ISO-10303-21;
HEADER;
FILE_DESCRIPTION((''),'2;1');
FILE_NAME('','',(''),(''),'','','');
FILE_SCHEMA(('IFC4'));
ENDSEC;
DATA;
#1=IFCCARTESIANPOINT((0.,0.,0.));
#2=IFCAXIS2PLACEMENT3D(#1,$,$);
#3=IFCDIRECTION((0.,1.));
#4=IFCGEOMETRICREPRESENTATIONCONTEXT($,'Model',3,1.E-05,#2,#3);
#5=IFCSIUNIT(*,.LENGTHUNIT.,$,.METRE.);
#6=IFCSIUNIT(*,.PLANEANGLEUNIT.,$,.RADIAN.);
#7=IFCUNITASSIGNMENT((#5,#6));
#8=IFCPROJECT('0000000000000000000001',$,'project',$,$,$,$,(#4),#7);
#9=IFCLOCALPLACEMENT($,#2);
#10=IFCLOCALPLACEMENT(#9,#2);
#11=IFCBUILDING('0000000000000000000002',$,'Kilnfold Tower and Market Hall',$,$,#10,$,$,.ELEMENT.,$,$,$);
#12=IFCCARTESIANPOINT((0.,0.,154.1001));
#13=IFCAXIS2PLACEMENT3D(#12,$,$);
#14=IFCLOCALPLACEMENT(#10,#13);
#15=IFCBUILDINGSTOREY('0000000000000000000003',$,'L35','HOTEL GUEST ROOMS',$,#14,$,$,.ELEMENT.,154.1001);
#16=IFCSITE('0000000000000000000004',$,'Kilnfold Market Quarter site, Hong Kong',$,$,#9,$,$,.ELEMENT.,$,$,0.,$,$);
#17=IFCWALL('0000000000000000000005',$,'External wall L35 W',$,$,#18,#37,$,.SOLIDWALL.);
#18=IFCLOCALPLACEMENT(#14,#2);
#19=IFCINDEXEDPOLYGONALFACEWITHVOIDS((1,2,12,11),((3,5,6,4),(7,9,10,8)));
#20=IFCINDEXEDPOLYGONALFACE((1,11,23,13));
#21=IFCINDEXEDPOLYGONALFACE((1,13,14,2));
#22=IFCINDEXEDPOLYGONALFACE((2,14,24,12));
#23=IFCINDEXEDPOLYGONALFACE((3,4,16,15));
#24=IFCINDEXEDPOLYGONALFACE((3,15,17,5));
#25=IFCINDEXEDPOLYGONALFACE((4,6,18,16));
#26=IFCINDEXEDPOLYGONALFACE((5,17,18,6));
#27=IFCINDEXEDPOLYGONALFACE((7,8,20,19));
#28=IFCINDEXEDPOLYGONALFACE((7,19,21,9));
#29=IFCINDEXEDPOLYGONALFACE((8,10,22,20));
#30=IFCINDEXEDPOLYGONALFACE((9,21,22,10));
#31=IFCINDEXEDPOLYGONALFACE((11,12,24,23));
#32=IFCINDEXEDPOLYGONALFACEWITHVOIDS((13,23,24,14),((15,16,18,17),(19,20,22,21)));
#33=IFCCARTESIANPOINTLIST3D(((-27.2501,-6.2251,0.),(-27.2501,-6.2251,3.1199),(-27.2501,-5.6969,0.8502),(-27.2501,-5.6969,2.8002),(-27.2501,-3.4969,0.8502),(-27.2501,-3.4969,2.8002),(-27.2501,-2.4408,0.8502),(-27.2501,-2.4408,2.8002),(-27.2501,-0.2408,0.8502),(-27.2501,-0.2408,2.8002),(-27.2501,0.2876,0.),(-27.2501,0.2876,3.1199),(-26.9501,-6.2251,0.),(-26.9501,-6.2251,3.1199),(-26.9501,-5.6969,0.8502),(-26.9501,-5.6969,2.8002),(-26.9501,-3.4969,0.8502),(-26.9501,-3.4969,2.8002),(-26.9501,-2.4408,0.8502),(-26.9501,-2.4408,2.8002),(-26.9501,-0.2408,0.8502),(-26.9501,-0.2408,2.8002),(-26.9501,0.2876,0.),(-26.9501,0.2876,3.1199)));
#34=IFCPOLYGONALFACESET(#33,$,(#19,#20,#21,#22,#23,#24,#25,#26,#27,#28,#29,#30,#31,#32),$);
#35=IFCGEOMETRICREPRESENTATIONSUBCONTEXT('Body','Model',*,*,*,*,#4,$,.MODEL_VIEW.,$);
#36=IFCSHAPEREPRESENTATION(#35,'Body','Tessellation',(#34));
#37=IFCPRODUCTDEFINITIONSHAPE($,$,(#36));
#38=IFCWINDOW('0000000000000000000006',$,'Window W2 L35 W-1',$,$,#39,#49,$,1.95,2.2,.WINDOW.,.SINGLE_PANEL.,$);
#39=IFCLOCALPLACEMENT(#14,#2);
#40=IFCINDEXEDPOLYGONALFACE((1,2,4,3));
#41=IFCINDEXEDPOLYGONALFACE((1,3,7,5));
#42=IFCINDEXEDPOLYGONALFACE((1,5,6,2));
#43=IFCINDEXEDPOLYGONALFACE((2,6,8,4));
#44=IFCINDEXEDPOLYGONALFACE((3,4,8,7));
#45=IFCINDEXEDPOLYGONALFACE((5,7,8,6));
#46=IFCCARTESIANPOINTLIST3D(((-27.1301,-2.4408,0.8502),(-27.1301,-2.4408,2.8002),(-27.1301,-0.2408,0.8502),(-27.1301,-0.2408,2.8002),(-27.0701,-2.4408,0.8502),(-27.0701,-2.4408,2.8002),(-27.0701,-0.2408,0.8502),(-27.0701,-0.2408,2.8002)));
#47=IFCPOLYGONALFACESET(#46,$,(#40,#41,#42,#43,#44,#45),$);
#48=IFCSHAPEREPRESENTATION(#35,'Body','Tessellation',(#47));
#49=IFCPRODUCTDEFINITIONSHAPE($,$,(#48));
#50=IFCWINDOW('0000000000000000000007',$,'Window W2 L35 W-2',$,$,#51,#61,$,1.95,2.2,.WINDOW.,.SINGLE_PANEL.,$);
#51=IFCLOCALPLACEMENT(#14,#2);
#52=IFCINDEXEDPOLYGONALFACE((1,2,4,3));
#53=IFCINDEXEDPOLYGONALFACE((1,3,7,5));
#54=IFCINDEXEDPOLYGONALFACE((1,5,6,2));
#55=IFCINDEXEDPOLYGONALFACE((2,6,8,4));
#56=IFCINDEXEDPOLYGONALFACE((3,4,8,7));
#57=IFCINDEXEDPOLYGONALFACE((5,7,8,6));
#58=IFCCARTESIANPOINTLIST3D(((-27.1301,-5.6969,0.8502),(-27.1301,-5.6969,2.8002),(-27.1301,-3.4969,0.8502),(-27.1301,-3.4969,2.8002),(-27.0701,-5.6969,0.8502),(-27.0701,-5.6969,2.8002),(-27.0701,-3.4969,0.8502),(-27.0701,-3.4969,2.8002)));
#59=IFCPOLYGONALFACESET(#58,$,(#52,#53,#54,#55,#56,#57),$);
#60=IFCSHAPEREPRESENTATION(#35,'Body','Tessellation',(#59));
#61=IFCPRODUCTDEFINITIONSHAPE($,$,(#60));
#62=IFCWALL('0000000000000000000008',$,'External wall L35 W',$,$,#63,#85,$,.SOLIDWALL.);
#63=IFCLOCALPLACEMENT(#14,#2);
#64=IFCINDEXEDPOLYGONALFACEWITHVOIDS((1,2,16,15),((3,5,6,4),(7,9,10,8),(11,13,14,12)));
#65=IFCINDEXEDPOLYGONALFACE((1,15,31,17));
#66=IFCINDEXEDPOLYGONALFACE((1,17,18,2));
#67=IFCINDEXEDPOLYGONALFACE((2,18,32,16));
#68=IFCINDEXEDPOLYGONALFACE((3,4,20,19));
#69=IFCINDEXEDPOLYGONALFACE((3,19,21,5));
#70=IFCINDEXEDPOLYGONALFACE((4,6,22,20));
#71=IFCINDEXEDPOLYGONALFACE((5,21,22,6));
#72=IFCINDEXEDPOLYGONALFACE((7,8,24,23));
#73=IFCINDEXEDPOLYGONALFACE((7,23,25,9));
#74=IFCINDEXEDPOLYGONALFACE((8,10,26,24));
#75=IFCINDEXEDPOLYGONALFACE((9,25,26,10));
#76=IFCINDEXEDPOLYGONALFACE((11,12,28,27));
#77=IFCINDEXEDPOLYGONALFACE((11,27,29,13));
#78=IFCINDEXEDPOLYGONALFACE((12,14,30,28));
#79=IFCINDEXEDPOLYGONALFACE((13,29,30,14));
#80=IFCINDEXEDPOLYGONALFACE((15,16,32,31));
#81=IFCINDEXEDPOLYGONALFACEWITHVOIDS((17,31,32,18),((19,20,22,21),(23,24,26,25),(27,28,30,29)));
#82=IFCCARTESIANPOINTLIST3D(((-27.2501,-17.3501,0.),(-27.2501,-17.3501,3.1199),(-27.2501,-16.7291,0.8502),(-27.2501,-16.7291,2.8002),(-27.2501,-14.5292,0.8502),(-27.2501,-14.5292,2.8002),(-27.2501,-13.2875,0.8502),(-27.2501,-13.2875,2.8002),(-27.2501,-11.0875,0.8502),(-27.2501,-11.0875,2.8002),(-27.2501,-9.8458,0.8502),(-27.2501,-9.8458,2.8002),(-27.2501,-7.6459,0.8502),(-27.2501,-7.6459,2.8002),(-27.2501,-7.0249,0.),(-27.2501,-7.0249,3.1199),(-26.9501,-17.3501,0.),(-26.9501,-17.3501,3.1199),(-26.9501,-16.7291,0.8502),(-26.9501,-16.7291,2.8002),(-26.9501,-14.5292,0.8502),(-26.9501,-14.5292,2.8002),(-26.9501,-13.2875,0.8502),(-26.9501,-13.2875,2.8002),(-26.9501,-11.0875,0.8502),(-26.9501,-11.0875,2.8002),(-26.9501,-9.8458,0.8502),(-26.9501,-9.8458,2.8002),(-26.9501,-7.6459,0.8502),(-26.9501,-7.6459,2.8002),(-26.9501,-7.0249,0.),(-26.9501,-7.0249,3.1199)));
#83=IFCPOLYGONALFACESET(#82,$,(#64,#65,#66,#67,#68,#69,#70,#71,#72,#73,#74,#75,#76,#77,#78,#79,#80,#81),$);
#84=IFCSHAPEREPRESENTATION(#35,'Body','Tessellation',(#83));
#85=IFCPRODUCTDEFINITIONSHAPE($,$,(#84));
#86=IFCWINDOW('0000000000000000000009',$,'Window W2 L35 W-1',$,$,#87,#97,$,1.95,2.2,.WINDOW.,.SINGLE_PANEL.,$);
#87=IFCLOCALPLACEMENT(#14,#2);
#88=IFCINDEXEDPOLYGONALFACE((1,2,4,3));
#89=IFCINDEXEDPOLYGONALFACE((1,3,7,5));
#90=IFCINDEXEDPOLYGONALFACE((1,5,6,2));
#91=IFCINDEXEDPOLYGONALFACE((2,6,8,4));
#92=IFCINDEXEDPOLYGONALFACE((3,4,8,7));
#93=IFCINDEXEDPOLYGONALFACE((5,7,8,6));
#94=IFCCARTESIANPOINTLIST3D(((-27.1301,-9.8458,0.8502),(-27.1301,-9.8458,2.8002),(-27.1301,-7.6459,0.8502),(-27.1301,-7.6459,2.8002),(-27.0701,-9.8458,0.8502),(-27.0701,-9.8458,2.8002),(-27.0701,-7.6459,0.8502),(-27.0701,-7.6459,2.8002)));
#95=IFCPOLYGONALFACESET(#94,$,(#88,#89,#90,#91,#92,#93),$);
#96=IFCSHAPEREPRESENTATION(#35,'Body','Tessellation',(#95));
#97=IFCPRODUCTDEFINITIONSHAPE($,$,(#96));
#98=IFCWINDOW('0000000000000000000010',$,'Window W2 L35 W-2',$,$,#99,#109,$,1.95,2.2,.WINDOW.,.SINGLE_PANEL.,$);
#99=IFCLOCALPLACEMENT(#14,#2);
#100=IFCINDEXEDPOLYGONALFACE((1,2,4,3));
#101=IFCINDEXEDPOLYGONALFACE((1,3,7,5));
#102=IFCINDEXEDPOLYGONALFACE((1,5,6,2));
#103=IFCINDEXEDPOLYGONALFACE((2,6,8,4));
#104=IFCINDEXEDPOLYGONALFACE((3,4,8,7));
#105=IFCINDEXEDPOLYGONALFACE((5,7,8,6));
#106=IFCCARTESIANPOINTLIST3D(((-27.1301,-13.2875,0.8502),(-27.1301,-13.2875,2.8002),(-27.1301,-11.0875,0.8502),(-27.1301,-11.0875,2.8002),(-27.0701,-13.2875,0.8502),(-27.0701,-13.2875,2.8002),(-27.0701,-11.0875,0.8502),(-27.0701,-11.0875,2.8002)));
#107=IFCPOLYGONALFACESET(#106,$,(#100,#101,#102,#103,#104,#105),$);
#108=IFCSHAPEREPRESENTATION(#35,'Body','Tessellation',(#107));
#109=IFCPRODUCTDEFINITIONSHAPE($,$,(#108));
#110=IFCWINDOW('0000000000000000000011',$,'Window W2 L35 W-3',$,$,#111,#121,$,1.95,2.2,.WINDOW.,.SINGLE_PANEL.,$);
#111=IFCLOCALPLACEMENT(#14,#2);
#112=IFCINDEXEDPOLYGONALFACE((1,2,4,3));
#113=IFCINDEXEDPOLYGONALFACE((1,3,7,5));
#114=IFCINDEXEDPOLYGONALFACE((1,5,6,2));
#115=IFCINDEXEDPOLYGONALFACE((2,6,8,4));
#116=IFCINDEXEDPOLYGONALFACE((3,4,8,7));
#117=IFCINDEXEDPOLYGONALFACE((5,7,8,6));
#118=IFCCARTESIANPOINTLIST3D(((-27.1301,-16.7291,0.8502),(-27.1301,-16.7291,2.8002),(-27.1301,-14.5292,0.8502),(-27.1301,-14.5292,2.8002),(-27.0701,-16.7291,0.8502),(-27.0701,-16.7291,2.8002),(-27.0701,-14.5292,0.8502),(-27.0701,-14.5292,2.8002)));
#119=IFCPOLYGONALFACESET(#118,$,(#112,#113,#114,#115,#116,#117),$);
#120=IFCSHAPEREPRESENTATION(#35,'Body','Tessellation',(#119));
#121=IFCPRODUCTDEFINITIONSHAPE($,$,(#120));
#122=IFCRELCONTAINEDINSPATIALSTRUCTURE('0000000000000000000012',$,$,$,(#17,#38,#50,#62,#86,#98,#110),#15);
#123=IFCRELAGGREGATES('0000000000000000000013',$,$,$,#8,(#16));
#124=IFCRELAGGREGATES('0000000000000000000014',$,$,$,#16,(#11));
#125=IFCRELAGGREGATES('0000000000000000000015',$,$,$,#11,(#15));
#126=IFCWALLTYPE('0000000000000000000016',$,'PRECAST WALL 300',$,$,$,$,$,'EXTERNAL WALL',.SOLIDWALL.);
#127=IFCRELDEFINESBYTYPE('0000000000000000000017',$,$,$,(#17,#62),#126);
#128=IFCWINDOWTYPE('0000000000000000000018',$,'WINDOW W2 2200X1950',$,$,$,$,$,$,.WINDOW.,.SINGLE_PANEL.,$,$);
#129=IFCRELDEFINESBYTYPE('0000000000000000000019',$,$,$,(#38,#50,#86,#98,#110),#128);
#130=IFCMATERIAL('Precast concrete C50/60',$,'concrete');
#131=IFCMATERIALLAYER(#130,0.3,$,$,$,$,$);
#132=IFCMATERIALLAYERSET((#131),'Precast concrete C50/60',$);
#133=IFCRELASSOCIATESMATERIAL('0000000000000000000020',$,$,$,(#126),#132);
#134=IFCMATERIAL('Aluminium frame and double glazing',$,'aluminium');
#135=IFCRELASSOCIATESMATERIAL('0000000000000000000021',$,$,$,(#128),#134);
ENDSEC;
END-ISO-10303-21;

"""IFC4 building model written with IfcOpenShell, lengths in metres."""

from ifc_helpers import new_model, si_unit, direction, frame, frame_2d, origin, place, context, subcontext, project, spatial, rectangle, extrude, source, transform, mapped, material, layer, layer_set, type_object, element, fill, save


model = new_model("IFC4")

# Units and contexts
model_context = context("Model", 3, precision=1e-05, world=origin(), true_north=direction((0.0, 1.0)))
body_context = subcontext(model_context, "Body", "Model", "MODEL_VIEW")
ifc_project = project(units=[si_unit("LENGTHUNIT", "METRE"), si_unit("PLANEANGLEUNIT", "RADIAN")], contexts=[model_context])

# Site, building, storey
site_placement = place(None, origin())
site = spatial("IfcSite", under=ifc_project, at=site_placement, Name="Kilnfold Market Quarter site, Hong Kong", CompositionType="ELEMENT", RefElevation=0.0)
building_placement = place(site_placement, origin())
building = spatial("IfcBuilding", under=site, at=building_placement, Name="Kilnfold Tower and Market Hall", CompositionType="ELEMENT")
storey_placement = place(building_placement, frame((0.0, 0.0, 154.1001)))
storey = spatial("IfcBuildingStorey", under=building, at=storey_placement, Name="L35", Description="HOTEL GUEST ROOMS", CompositionType="ELEMENT", Elevation=154.1001)

# Walls, openings, windows
ifc_material_1 = material(Name="Precast concrete C50/60", Category="concrete")
ifc_layer_1 = layer(ifc_material_1, 0.3)
ifc_layer_set_1 = layer_set([ifc_layer_1], Name="Precast concrete C50/60")
wall_type_1 = type_object("IfcWallType", Name="PRECAST WALL 300", ElementType="EXTERNAL WALL", PredefinedType="SOLIDWALL", material=ifc_layer_set_1)
shared_shape_1 = source(origin(), body_context, "Body", "SweptSolid", [
    extrude(rectangle(XDim=6.5127, YDim=0.3, at=frame_2d((3.2563, 0.0))), origin(), (0.0, 0.0, 1.0), 3.1199),
])
wall_1_placement = place(storey_placement, frame((-27.1001, 0.2876, 0.0), z_axis=(0.0, 0.0, 1.0), x_axis=(0.0, -1.0, 0.0)))
wall_1 = element("IfcWall", 1, at=wall_1_placement, inside=storey, type_object=wall_type_1, Name="External wall L35 W", PredefinedType="SOLIDWALL", context=body_context, shape_type="MappedRepresentation", body=[
    mapped(shared_shape_1, transform((0.0, 0.0, 0.0))),
])
opening_1_placement = place(wall_1_placement, frame((0.5283, 0.0, 0.8501)))
opening_1 = element("IfcOpeningElement", 2, at=opening_1_placement, cuts=wall_1, PredefinedType="OPENING", context=body_context, shape_type="SweptSolid", body=[
    extrude(rectangle(XDim=2.2, YDim=1.95, at=frame_2d((1.1001, 0.9751))), frame((0.0, 0.1602, 0.0), z_axis=(0.0, -1.0, 0.0), x_axis=(1.0, 0.0, 0.0)), (0.0, 0.0, 1.0), 0.3201),
])
opening_2_placement = place(wall_1_placement, frame((3.7844, 0.0, 0.8501)))
opening_2 = element("IfcOpeningElement", 3, at=opening_2_placement, cuts=wall_1, PredefinedType="OPENING", context=body_context, shape_type="SweptSolid", body=[
    extrude(rectangle(XDim=2.2, YDim=1.95, at=frame_2d((1.1001, 0.9751))), frame((0.0, 0.1602, 0.0), z_axis=(0.0, -1.0, 0.0), x_axis=(1.0, 0.0, 0.0)), (0.0, 0.0, 1.0), 0.3201),
])
ifc_material_2 = material(Name="Aluminium frame and double glazing", Category="aluminium")
window_type = type_object("IfcWindowType", Name="WINDOW W2 2200X1950", PartitioningType="SINGLE_PANEL", PredefinedType="WINDOW", material=ifc_material_2)
window_1_placement = place(opening_1_placement, origin())
window_1 = element("IfcWindow", 4, at=window_1_placement, inside=storey, type_object=window_type, Name="Window W2 L35 W-1", OverallHeight=1.95, OverallWidth=2.2, PartitioningType="SINGLE_PANEL", PredefinedType="WINDOW", context=body_context, shape_type="SweptSolid", body=[
    extrude(rectangle(XDim=2.2, YDim=1.95, at=frame_2d((1.1001, 0.9751))), frame((0.0, 0.03, 0.0), z_axis=(0.0, -1.0, 0.0), x_axis=(1.0, 0.0, 0.0)), (0.0, 0.0, 1.0), 0.0601),
])
fill(opening_1, window_1)
window_2_placement = place(opening_2_placement, origin())
window_2 = element("IfcWindow", 5, at=window_2_placement, inside=storey, type_object=window_type, Name="Window W2 L35 W-2", OverallHeight=1.95, OverallWidth=2.2, PartitioningType="SINGLE_PANEL", PredefinedType="WINDOW", context=body_context, shape_type="SweptSolid", body=[
    extrude(rectangle(XDim=2.2, YDim=1.95, at=frame_2d((1.1001, 0.9751))), frame((0.0, 0.03, 0.0), z_axis=(0.0, -1.0, 0.0), x_axis=(1.0, 0.0, 0.0)), (0.0, 0.0, 1.0), 0.0601),
])
fill(opening_2, window_2)
shared_shape_2 = source(origin(), body_context, "Body", "SweptSolid", [
    extrude(rectangle(XDim=10.3252, YDim=0.3, at=frame_2d((5.1626, 0.0))), origin(), (0.0, 0.0, 1.0), 3.1199),
])
wall_2_placement = place(storey_placement, frame((-27.1001, -7.0249, 0.0), z_axis=(0.0, 0.0, 1.0), x_axis=(0.0, -1.0, 0.0)))
wall_2 = element("IfcWall", 6, at=wall_2_placement, inside=storey, type_object=wall_type_1, Name="External wall L35 W", PredefinedType="SOLIDWALL", context=body_context, shape_type="MappedRepresentation", body=[
    mapped(shared_shape_2, transform((0.0, 0.0, 0.0))),
])
opening_3_placement = place(wall_2_placement, frame((0.6208, 0.0, 0.8501)))
opening_3 = element("IfcOpeningElement", 7, at=opening_3_placement, cuts=wall_2, PredefinedType="OPENING", context=body_context, shape_type="SweptSolid", body=[
    extrude(rectangle(XDim=2.2, YDim=1.95, at=frame_2d((1.1001, 0.9751))), frame((0.0, 0.1602, 0.0), z_axis=(0.0, -1.0, 0.0), x_axis=(1.0, 0.0, 0.0)), (0.0, 0.0, 1.0), 0.3201),
])
opening_4_placement = place(wall_2_placement, frame((4.0625, 0.0, 0.8501)))
opening_4 = element("IfcOpeningElement", 8, at=opening_4_placement, cuts=wall_2, PredefinedType="OPENING", context=body_context, shape_type="SweptSolid", body=[
    extrude(rectangle(XDim=2.2, YDim=1.95, at=frame_2d((1.1001, 0.9751))), frame((0.0, 0.1602, 0.0), z_axis=(0.0, -1.0, 0.0), x_axis=(1.0, 0.0, 0.0)), (0.0, 0.0, 1.0), 0.3201),
])
opening_5_placement = place(wall_2_placement, frame((7.5042, 0.0, 0.8501)))
opening_5 = element("IfcOpeningElement", 9, at=opening_5_placement, cuts=wall_2, PredefinedType="OPENING", context=body_context, shape_type="SweptSolid", body=[
    extrude(rectangle(XDim=2.2, YDim=1.95, at=frame_2d((1.1001, 0.9751))), frame((0.0, 0.1602, 0.0), z_axis=(0.0, -1.0, 0.0), x_axis=(1.0, 0.0, 0.0)), (0.0, 0.0, 1.0), 0.3201),
])
window_3_placement = place(opening_3_placement, origin())
window_3 = element("IfcWindow", 10, at=window_3_placement, inside=storey, type_object=window_type, Name="Window W2 L35 W-1", OverallHeight=1.95, OverallWidth=2.2, PartitioningType="SINGLE_PANEL", PredefinedType="WINDOW", context=body_context, shape_type="SweptSolid", body=[
    extrude(rectangle(XDim=2.2, YDim=1.95, at=frame_2d((1.1001, 0.9751))), frame((0.0, 0.03, 0.0), z_axis=(0.0, -1.0, 0.0), x_axis=(1.0, 0.0, 0.0)), (0.0, 0.0, 1.0), 0.0601),
])
fill(opening_3, window_3)
window_4_placement = place(opening_4_placement, origin())
window_4 = element("IfcWindow", 11, at=window_4_placement, inside=storey, type_object=window_type, Name="Window W2 L35 W-2", OverallHeight=1.95, OverallWidth=2.2, PartitioningType="SINGLE_PANEL", PredefinedType="WINDOW", context=body_context, shape_type="SweptSolid", body=[
    extrude(rectangle(XDim=2.2, YDim=1.95, at=frame_2d((1.1001, 0.9751))), frame((0.0, 0.03, 0.0), z_axis=(0.0, -1.0, 0.0), x_axis=(1.0, 0.0, 0.0)), (0.0, 0.0, 1.0), 0.0601),
])
fill(opening_4, window_4)
window_5_placement = place(opening_5_placement, origin())
window_5 = element("IfcWindow", 12, at=window_5_placement, inside=storey, type_object=window_type, Name="Window W2 L35 W-3", OverallHeight=1.95, OverallWidth=2.2, PartitioningType="SINGLE_PANEL", PredefinedType="WINDOW", context=body_context, shape_type="SweptSolid", body=[
    extrude(rectangle(XDim=2.2, YDim=1.95, at=frame_2d((1.1001, 0.9751))), frame((0.0, 0.03, 0.0), z_axis=(0.0, -1.0, 0.0), x_axis=(1.0, 0.0, 0.0)), (0.0, 0.0, 1.0), 0.0601),
])
fill(opening_5, window_5)

save(model, "model.ifc")
